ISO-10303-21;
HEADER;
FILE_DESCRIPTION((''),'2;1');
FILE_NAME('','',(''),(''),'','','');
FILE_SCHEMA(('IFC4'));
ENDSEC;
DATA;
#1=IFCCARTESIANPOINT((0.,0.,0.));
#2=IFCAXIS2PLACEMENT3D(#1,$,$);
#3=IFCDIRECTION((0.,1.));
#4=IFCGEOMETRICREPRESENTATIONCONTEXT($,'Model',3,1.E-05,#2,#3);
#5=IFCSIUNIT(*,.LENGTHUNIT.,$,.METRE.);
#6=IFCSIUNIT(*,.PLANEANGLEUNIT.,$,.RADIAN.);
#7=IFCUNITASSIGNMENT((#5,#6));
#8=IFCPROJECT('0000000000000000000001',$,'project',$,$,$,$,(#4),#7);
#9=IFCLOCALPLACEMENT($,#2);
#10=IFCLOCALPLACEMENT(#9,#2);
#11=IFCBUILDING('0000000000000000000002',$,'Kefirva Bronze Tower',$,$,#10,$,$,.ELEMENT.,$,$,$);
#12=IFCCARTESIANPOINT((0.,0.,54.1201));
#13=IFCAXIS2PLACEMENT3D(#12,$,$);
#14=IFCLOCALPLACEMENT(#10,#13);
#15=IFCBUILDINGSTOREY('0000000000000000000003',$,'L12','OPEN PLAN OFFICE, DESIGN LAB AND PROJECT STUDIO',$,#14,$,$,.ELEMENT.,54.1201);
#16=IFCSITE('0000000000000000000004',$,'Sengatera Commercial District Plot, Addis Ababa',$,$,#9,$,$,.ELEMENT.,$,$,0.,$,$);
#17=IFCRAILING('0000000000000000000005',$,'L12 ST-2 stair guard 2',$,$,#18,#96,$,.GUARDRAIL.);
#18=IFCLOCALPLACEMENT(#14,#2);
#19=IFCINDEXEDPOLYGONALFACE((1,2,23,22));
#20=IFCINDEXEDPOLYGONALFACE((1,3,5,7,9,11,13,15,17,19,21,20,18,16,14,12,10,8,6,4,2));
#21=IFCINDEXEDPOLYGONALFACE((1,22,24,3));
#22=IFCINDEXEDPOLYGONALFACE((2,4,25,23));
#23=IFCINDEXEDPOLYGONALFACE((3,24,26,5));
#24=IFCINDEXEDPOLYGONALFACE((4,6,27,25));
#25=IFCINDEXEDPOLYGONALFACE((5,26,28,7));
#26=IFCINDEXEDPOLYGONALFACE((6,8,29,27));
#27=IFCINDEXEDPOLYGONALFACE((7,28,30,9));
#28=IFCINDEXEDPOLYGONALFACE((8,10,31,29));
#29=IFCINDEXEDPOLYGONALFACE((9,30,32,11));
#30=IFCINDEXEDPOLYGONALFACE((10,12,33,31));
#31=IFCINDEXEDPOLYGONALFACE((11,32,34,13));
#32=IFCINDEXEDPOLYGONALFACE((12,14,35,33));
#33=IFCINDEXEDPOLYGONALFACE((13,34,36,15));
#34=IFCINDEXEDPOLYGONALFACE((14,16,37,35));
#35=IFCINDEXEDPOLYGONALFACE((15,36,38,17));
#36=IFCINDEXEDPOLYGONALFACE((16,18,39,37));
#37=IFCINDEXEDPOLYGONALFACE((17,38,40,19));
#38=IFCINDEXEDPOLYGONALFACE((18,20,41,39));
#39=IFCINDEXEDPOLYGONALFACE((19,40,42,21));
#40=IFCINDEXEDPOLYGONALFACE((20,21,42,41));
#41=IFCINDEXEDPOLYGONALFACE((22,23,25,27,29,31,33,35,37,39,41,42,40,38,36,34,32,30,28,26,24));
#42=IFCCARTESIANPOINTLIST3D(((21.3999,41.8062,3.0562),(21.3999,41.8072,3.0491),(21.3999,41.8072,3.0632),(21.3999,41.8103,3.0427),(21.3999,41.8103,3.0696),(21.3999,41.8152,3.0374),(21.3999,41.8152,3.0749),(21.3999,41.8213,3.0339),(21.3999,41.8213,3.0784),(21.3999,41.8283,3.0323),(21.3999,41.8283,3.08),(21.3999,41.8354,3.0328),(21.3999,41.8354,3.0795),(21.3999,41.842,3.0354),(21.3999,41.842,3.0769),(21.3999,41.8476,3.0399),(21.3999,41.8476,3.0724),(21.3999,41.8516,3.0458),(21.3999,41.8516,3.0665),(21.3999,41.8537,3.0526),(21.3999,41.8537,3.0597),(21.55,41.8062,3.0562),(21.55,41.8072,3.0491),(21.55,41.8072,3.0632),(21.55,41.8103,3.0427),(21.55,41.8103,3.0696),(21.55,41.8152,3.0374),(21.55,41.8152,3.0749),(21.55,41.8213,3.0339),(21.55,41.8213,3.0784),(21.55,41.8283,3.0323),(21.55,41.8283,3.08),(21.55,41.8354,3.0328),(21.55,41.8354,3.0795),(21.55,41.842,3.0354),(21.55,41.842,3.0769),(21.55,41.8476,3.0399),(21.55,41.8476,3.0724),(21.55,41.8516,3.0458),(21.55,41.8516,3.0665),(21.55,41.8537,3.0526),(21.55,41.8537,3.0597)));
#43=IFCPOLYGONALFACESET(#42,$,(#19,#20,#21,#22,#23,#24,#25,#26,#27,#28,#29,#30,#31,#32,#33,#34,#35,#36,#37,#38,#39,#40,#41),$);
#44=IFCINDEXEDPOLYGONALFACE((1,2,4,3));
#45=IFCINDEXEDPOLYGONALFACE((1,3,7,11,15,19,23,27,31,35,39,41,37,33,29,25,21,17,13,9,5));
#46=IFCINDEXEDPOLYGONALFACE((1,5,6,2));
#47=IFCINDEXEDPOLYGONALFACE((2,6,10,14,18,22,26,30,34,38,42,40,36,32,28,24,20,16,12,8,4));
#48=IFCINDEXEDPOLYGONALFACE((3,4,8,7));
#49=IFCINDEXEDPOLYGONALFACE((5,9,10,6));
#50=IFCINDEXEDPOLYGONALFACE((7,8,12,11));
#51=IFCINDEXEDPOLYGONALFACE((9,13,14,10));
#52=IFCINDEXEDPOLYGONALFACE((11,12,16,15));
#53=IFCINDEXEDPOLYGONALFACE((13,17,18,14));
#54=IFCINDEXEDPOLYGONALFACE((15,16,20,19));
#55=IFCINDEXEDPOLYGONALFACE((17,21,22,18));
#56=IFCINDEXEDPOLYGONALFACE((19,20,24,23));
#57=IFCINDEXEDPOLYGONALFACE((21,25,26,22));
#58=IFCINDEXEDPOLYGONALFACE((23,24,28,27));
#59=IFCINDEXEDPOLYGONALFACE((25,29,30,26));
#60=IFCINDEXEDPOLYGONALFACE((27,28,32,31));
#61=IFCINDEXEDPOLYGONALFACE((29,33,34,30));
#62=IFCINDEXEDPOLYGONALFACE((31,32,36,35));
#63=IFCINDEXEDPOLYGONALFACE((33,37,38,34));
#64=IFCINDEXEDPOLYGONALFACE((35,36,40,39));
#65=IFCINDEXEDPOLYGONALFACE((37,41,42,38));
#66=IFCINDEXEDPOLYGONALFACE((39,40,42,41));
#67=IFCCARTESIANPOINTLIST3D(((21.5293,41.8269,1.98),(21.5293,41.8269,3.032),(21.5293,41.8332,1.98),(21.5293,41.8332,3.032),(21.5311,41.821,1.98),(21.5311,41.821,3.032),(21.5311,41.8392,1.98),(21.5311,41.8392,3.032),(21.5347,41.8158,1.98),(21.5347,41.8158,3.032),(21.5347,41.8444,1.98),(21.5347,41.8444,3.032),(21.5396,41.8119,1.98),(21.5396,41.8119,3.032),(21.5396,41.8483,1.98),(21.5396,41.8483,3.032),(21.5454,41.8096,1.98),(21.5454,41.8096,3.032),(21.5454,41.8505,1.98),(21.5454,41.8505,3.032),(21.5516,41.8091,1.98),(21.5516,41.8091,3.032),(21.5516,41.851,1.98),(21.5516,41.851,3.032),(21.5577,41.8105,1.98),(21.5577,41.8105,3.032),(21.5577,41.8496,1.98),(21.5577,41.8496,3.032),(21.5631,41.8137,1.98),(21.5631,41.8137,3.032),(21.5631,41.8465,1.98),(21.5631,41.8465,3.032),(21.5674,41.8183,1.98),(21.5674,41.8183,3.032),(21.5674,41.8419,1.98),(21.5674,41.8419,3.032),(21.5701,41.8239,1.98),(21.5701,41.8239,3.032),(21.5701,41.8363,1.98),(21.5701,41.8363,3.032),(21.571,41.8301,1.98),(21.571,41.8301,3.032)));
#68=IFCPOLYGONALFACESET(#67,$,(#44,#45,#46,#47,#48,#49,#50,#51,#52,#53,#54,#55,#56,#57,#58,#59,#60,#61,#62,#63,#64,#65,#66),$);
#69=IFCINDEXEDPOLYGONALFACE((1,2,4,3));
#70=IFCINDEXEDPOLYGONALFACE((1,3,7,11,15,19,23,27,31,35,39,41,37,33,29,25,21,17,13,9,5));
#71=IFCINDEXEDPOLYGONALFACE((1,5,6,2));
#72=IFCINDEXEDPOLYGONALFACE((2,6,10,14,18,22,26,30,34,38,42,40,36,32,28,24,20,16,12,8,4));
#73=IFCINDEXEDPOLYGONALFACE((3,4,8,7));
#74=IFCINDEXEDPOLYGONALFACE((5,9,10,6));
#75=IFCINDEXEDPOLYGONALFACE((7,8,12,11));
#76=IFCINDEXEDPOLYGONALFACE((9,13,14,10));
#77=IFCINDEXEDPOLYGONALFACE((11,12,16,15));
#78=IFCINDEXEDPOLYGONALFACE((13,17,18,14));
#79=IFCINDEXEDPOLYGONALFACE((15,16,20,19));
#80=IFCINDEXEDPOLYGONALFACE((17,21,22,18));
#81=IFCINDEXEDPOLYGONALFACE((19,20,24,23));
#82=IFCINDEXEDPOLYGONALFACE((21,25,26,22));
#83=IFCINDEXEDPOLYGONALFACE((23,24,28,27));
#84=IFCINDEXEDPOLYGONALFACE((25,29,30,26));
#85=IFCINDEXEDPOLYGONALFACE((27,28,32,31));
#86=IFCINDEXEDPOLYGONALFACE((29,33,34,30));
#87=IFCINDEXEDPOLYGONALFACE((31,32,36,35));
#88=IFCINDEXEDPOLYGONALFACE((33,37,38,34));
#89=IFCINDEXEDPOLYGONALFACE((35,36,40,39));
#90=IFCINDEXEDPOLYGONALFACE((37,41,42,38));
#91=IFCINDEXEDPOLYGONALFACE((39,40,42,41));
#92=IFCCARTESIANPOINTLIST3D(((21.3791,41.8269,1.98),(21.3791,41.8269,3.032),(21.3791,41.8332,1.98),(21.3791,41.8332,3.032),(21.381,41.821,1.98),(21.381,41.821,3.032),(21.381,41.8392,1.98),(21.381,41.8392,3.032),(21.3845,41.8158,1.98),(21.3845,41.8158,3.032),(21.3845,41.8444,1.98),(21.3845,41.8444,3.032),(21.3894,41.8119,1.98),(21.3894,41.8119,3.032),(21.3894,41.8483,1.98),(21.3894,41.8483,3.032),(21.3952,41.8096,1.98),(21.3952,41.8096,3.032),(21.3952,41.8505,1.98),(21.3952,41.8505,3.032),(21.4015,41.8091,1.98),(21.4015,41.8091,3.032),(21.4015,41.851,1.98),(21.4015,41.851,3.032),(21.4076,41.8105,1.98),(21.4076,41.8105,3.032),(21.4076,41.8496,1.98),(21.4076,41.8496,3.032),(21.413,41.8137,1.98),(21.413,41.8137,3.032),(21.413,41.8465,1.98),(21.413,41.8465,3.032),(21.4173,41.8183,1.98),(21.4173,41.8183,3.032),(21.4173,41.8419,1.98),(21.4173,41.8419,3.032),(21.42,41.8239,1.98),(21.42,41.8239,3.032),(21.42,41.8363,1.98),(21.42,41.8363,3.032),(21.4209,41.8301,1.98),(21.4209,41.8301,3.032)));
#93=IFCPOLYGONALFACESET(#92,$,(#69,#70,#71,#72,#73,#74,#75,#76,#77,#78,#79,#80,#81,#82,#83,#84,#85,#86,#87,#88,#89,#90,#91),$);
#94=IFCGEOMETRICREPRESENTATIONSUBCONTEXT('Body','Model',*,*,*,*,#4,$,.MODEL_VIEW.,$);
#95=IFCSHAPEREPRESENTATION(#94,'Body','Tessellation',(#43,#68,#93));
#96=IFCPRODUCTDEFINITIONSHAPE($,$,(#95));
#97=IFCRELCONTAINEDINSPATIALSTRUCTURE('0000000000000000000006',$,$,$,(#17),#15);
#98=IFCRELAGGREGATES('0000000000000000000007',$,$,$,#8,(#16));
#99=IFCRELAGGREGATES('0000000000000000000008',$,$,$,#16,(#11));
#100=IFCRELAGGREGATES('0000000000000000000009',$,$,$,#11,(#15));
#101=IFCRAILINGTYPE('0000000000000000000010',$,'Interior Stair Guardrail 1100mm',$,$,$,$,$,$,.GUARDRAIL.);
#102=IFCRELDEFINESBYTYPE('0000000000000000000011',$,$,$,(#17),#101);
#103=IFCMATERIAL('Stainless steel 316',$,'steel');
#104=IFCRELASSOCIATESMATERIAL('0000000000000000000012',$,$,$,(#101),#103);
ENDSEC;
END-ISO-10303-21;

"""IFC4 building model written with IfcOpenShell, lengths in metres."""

from ifc_helpers import new_model, si_unit, direction, frame, origin, origin_2d, place, context, subcontext, project, spatial, circle, extrude, material, type_object, element, save


model = new_model("IFC4")

# Units and contexts
model_context = context("Model", 3, precision=1e-05, world=origin(), true_north=direction((0.0, 1.0)))
body_context = subcontext(model_context, "Body", "Model", "MODEL_VIEW")
ifc_project = project(units=[si_unit("LENGTHUNIT", "METRE"), si_unit("PLANEANGLEUNIT", "RADIAN")], contexts=[model_context])

# Site, building, storey
site_placement = place(None, origin())
site = spatial("IfcSite", under=ifc_project, at=site_placement, Name="Sengatera Commercial District Plot, Addis Ababa", CompositionType="ELEMENT", RefElevation=0.0)
building_placement = place(site_placement, origin())
building = spatial("IfcBuilding", under=site, at=building_placement, Name="Kefirva Bronze Tower", CompositionType="ELEMENT")
storey_placement = place(building_placement, frame((0.0, 0.0, 54.1201)))
storey = spatial("IfcBuildingStorey", under=building, at=storey_placement, Name="L12", Description="OPEN PLAN OFFICE, DESIGN LAB AND PROJECT STUDIO", CompositionType="ELEMENT", Elevation=54.1201)

# Railing
ifc_material_1 = material(Name="Stainless steel 316", Category="steel")
railing_type_1 = type_object("IfcRailingType", Name="Interior Stair Guardrail 1100mm", PredefinedType="GUARDRAIL", material=ifc_material_1)
railing_1_placement = place(storey_placement, frame((21.55, 41.8301, 1.98)))
element("IfcRailing", 1, at=railing_1_placement, inside=storey, type_object=railing_type_1, Name="L12 ST-2 stair guard 2", PredefinedType="GUARDRAIL", context=body_context, shape_type="SweptSolid", body=[
    extrude(circle(Radius=0.0239, at=origin_2d()), frame((0.0, 0.0, 1.0762), z_axis=(-1.0, 0.0, 0.0), x_axis=(0.0, -1.0, 0.0)), (0.0, 0.0, 1.0), 0.1501),
    extrude(circle(Radius=0.021, at=origin_2d()), origin(), (0.0, 0.0, 1.0), 1.052),
    extrude(circle(Radius=0.021, at=origin_2d()), frame((-0.1501, 0.0, 0.0)), (0.0, 0.0, 1.0), 1.052),
])

save(model, "model.ifc")
